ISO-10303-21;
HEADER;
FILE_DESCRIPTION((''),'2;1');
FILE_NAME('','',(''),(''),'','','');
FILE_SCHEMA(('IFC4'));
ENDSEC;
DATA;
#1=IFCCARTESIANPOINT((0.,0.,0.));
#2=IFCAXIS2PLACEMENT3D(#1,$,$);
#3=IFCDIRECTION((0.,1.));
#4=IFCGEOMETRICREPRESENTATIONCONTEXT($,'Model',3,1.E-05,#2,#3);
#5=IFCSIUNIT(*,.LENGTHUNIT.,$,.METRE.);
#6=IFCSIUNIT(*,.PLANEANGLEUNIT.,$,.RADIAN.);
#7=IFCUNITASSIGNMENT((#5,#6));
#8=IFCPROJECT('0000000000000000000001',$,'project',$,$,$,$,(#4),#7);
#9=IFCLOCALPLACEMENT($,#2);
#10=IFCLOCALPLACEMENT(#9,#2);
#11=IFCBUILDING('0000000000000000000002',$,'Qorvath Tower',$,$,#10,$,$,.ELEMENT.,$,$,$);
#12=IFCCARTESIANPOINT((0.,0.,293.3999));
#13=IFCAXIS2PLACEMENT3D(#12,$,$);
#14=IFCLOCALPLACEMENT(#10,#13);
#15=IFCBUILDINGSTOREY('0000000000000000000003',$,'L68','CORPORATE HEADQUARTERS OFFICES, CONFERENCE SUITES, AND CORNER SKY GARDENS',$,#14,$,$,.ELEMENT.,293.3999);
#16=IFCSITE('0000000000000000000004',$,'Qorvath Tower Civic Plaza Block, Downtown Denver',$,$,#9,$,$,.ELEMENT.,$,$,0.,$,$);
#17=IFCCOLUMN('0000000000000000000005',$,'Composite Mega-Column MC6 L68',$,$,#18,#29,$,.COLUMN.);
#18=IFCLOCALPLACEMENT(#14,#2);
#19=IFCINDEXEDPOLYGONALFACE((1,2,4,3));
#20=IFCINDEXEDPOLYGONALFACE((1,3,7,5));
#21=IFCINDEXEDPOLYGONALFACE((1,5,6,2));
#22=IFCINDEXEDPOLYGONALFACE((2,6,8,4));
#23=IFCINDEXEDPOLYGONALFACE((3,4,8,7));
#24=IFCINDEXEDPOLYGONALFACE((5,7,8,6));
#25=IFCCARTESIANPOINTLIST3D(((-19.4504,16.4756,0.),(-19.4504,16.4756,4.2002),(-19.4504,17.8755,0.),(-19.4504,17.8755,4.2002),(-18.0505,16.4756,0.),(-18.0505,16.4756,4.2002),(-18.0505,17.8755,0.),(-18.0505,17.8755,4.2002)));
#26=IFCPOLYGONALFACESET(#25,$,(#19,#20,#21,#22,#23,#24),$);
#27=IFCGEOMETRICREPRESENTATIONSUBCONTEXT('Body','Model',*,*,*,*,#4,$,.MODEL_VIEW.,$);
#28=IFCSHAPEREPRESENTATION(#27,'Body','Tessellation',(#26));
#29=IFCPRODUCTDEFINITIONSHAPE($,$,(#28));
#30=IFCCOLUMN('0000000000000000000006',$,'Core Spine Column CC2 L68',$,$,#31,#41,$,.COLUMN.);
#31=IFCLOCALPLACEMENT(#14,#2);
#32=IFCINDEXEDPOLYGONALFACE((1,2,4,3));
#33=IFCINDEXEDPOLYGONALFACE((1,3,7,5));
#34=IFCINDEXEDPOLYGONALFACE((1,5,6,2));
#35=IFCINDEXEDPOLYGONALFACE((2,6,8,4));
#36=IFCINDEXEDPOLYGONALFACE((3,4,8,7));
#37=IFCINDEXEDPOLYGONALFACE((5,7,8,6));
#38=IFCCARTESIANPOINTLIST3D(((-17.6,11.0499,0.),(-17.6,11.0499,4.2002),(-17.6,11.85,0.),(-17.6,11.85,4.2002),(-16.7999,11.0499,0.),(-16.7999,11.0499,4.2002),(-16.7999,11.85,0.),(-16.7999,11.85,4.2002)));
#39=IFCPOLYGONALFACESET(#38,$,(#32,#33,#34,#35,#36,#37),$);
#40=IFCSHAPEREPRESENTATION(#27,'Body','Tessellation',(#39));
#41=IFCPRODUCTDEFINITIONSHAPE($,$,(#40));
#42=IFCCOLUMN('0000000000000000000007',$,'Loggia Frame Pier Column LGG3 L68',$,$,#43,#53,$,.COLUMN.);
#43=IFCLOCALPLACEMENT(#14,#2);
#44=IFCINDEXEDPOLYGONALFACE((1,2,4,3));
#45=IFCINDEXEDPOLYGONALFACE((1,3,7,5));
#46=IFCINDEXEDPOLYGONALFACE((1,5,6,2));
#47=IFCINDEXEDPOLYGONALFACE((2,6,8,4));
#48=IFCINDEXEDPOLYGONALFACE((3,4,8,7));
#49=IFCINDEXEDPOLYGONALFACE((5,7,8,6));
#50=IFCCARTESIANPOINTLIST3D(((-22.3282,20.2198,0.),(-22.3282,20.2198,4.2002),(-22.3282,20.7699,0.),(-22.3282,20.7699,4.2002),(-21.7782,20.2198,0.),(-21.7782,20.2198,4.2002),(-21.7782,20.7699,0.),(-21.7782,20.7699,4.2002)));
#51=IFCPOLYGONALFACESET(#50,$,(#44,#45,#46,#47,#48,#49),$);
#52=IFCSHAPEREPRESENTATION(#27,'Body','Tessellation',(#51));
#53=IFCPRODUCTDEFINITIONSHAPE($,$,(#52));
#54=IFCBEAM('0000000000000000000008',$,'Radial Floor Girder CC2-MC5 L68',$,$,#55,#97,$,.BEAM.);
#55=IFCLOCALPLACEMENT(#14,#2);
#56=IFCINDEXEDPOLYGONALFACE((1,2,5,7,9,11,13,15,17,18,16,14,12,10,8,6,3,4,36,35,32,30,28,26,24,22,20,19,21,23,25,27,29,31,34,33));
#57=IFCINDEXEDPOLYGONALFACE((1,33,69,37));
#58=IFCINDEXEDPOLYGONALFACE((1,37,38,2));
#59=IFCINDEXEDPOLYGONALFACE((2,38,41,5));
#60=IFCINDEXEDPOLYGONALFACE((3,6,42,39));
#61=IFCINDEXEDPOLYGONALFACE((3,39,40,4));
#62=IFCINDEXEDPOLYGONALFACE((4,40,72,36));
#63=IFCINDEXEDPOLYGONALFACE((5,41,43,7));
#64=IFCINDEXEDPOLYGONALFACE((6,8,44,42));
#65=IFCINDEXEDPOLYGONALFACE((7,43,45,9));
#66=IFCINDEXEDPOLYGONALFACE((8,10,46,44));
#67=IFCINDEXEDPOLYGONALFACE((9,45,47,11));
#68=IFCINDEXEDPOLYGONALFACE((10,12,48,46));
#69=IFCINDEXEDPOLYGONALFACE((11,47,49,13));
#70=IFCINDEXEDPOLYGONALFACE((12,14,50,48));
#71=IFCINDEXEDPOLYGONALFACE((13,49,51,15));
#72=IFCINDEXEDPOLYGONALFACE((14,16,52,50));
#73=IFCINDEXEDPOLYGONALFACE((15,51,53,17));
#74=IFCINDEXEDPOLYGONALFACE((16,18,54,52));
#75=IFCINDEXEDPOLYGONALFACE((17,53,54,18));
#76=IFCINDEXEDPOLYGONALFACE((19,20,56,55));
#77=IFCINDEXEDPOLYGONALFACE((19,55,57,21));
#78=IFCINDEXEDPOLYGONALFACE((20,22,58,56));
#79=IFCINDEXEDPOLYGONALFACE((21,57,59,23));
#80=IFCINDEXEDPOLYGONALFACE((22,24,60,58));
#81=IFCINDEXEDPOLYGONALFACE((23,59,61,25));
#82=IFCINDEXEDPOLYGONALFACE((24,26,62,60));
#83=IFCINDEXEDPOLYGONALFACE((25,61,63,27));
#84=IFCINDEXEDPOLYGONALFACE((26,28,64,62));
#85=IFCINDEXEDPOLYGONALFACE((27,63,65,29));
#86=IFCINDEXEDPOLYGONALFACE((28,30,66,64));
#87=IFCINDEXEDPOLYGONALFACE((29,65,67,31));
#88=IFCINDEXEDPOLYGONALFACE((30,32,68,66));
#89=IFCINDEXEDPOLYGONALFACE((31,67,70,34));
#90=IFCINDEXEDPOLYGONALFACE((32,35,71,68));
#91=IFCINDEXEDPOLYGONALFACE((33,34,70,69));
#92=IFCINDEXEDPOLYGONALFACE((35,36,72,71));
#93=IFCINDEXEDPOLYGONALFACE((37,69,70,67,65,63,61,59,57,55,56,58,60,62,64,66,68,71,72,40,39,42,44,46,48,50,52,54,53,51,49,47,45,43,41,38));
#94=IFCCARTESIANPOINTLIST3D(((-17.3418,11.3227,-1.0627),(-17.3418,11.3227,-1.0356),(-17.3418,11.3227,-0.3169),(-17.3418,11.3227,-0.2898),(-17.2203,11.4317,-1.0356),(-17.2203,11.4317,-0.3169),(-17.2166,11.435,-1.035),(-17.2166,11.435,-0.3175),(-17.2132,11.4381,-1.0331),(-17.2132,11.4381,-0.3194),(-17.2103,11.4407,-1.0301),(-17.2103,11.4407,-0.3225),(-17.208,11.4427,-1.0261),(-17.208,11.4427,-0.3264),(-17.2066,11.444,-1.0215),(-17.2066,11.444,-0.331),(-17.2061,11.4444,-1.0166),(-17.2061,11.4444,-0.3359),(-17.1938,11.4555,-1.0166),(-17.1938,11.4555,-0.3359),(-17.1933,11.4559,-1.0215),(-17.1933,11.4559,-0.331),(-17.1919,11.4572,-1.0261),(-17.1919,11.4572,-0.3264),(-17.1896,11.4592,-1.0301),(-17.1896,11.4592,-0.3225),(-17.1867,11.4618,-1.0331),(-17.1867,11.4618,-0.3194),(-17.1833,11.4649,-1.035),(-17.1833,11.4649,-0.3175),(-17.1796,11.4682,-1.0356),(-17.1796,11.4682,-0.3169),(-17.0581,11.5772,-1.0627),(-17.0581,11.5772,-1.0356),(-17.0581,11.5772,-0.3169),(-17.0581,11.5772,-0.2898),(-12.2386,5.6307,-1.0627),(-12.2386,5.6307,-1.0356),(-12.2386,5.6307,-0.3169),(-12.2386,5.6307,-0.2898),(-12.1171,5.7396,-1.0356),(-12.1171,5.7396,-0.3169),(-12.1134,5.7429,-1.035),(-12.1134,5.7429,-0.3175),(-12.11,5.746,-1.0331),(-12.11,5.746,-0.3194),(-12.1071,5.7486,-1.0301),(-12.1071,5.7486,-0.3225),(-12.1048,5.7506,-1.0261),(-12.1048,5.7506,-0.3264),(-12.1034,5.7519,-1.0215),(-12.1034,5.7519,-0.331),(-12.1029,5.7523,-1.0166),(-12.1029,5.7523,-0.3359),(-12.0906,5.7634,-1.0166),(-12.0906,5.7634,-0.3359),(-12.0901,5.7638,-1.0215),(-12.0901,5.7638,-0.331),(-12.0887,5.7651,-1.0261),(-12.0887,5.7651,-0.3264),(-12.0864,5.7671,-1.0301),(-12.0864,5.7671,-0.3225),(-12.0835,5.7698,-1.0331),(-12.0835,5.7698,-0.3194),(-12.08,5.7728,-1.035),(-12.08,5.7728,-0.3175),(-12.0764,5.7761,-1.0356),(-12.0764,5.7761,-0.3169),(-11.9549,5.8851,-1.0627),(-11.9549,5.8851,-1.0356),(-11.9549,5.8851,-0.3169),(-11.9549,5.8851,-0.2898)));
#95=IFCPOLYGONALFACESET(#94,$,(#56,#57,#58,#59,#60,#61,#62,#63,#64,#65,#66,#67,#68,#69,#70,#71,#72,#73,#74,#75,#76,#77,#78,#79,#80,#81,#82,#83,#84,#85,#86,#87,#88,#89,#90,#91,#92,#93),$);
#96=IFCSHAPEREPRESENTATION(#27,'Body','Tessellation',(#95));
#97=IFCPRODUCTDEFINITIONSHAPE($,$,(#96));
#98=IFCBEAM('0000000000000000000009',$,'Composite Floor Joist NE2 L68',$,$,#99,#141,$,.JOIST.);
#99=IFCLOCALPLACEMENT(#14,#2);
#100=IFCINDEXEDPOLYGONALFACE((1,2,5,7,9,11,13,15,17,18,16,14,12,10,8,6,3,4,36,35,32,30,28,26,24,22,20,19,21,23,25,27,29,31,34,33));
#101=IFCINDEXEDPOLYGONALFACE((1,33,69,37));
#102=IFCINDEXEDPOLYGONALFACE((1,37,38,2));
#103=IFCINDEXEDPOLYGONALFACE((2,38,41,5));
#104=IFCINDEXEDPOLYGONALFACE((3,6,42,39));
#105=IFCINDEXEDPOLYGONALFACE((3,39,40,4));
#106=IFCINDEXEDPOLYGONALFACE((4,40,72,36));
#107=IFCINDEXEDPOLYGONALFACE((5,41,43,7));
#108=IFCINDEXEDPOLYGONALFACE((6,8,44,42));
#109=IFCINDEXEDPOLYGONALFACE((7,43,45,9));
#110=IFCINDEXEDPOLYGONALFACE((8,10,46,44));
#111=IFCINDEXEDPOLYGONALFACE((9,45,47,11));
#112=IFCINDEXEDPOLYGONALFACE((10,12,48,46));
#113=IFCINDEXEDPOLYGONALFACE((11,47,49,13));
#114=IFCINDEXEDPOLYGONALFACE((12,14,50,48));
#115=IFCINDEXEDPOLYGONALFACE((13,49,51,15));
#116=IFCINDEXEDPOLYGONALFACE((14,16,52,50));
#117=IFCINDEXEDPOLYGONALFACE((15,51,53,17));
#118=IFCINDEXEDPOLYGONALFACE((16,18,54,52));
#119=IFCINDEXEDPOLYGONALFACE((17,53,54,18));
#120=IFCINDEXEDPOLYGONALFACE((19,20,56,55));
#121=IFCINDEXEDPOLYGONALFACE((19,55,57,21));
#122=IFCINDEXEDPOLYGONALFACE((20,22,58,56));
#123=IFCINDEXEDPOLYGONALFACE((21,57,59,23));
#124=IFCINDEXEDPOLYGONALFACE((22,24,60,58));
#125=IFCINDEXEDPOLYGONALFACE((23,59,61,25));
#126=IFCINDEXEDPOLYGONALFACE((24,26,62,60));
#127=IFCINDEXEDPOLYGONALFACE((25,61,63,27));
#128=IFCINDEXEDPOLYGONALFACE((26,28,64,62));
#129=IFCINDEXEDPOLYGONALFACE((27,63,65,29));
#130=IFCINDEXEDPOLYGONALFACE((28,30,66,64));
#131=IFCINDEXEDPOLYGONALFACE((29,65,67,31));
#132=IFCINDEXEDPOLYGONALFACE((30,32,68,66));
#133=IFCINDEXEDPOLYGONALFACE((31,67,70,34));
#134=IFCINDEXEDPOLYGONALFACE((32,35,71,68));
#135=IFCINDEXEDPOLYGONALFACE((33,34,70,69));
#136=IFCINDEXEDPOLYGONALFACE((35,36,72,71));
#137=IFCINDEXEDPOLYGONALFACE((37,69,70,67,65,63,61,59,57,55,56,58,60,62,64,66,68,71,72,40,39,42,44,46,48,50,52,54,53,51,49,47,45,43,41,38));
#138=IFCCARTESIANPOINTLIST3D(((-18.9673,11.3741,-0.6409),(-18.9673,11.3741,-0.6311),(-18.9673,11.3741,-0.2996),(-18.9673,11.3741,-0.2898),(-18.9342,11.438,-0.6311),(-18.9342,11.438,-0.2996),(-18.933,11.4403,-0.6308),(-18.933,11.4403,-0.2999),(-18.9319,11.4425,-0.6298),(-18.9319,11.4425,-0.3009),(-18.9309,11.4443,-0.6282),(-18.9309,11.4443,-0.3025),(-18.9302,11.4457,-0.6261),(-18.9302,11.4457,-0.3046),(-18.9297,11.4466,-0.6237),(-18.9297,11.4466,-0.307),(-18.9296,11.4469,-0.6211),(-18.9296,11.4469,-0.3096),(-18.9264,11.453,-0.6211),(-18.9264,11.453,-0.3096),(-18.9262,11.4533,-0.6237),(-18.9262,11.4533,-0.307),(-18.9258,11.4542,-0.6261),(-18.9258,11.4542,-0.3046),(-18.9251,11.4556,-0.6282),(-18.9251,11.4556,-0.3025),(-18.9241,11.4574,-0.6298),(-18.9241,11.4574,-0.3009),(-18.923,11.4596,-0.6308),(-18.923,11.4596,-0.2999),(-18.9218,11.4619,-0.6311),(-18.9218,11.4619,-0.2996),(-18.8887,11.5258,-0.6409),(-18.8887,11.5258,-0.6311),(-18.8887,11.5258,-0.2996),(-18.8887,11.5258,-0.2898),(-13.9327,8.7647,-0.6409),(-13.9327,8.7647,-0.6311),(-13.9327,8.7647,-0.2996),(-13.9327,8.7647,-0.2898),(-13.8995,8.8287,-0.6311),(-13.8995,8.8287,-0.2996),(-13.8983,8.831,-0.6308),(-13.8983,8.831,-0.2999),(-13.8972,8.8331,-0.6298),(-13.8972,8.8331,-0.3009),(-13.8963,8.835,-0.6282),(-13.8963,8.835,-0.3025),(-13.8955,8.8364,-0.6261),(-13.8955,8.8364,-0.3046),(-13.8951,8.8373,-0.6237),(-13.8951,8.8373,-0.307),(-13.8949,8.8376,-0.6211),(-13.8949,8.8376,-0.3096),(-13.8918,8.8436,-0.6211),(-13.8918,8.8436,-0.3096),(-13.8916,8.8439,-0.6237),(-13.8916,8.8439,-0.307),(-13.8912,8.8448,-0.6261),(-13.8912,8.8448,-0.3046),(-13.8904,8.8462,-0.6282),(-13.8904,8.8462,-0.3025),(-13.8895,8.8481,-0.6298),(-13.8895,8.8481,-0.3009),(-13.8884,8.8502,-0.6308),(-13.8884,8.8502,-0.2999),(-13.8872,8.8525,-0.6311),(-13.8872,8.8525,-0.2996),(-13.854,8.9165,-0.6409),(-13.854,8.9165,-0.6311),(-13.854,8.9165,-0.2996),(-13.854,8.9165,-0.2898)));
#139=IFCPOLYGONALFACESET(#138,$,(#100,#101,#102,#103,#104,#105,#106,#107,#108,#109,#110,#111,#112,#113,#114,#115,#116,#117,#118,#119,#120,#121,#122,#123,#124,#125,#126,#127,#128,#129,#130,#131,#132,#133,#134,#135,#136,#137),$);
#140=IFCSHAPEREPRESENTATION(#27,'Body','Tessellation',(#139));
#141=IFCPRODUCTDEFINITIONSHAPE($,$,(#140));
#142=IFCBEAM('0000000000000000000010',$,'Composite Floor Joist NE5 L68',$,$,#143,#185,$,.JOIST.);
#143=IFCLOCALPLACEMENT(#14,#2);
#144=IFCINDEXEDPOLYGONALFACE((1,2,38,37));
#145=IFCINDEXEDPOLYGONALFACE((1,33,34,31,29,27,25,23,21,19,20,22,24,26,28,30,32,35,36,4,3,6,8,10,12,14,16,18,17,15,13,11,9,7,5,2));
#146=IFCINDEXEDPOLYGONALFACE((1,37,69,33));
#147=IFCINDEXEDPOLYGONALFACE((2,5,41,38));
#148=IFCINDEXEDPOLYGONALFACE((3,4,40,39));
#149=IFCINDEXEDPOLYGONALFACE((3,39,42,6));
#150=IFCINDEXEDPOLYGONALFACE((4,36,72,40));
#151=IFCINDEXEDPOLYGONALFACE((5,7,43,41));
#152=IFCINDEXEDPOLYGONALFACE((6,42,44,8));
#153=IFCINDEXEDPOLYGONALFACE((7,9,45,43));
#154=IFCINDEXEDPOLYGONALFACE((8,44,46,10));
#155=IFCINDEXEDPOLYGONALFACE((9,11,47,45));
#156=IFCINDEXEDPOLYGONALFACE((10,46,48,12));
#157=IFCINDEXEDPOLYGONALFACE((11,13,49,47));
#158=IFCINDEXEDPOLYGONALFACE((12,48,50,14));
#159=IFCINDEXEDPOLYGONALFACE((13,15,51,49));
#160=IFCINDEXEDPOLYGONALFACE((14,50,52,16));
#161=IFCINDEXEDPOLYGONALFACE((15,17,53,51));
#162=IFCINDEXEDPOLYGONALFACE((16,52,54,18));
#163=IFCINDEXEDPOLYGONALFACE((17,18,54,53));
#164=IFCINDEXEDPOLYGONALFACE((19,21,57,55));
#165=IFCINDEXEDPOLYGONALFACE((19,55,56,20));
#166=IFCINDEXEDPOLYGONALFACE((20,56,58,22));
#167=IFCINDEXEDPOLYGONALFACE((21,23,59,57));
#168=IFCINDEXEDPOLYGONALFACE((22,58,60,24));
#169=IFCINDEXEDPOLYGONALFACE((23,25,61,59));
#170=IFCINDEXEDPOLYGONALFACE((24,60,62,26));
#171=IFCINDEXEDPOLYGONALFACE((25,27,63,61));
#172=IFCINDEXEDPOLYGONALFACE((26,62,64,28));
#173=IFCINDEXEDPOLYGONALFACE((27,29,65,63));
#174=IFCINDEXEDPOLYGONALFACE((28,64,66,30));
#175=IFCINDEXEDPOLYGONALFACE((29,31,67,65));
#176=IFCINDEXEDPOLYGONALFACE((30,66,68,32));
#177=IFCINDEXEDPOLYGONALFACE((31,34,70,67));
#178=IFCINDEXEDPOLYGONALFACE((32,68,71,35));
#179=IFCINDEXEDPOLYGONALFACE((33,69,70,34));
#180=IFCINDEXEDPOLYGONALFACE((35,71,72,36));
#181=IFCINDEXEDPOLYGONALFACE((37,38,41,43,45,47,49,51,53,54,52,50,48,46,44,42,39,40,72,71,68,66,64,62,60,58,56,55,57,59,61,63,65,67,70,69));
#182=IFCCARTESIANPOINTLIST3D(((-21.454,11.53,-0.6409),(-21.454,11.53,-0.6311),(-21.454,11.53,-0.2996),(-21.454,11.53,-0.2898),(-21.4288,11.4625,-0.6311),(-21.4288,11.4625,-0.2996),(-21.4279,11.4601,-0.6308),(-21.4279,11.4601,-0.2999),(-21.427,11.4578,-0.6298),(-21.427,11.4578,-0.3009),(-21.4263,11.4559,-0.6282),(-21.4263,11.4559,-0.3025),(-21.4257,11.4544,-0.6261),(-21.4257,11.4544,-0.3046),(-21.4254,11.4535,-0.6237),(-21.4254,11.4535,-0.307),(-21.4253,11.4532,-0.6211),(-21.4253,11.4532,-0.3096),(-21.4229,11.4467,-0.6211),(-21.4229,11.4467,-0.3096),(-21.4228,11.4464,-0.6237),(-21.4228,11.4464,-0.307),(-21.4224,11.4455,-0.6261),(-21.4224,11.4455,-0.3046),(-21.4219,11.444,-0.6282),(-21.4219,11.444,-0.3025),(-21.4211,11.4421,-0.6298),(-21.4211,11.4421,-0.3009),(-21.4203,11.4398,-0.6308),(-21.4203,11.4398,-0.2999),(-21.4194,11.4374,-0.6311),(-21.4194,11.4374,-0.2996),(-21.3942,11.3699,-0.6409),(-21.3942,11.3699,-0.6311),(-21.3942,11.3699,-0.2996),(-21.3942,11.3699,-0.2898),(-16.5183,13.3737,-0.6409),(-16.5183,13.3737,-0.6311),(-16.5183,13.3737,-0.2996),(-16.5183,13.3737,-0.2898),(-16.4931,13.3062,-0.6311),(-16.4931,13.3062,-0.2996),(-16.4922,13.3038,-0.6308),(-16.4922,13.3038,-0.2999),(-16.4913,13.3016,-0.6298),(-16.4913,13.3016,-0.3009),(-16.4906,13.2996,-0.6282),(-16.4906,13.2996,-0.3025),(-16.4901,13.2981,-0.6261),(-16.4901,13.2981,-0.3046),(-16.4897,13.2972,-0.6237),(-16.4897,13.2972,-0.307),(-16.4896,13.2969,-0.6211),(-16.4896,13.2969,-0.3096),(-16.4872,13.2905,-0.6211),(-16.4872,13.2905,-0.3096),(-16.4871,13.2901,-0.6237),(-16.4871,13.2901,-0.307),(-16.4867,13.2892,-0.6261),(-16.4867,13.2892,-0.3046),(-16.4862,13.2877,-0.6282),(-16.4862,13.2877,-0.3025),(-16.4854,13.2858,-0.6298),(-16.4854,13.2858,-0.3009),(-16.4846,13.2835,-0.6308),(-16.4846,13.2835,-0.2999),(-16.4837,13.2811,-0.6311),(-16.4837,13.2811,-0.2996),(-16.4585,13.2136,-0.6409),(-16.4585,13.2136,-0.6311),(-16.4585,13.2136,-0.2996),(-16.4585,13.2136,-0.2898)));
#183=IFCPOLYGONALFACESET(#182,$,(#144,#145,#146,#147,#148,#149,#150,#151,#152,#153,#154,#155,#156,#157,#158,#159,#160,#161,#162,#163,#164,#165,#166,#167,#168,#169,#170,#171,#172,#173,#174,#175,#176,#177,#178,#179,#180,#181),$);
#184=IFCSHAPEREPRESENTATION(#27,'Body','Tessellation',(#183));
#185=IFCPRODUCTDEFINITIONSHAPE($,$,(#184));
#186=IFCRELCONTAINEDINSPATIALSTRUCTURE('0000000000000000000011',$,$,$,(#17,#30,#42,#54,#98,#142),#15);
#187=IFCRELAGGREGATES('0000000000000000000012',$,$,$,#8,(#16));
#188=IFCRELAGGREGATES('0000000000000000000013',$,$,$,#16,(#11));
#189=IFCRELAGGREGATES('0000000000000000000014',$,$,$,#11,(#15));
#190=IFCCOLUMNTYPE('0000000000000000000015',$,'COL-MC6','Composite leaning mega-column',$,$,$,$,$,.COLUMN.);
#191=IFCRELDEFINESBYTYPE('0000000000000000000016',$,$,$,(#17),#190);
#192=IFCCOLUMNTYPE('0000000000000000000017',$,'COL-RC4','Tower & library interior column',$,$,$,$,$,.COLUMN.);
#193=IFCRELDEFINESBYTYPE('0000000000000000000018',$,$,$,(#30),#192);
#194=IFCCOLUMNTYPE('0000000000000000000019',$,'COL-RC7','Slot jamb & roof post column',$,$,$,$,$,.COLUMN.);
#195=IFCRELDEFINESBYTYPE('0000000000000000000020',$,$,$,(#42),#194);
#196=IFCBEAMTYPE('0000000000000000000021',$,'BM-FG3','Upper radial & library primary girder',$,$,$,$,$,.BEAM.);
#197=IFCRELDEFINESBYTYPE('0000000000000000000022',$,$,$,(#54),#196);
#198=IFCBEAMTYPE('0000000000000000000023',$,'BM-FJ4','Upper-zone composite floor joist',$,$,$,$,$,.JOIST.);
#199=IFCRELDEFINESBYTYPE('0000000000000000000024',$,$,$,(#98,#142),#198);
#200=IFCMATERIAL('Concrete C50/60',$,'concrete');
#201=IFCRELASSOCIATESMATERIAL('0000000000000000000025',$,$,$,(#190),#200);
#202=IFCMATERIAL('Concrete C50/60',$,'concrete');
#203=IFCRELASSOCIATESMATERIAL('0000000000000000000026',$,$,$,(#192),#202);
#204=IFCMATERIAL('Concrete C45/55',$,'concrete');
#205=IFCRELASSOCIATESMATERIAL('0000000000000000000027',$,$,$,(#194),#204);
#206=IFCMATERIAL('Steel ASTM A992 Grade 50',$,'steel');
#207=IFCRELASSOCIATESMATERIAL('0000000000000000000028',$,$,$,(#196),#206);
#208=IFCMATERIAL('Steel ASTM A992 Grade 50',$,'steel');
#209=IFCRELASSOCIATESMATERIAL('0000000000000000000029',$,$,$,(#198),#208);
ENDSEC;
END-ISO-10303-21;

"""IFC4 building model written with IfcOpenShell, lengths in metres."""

from ifc_helpers import new_model, si_unit, direction, frame, origin, origin_2d, place, context, subcontext, project, spatial, rectangle, i_section, extrude, material, material_profile, profile_set, type_object, element, save


model = new_model("IFC4")

# Units and contexts
model_context = context("Model", 3, precision=1e-05, world=origin(), true_north=direction((0.0, 1.0)))
body_context = subcontext(model_context, "Body", "Model", "MODEL_VIEW")
ifc_project = project(units=[si_unit("LENGTHUNIT", "METRE"), si_unit("PLANEANGLEUNIT", "RADIAN")], contexts=[model_context])

# Site, building, storey
site_placement = place(None, origin())
site = spatial("IfcSite", under=ifc_project, at=site_placement, Name="Qorvath Tower Civic Plaza Block, Downtown Denver", CompositionType="ELEMENT", RefElevation=0.0)
building_placement = place(site_placement, origin())
building = spatial("IfcBuilding", under=site, at=building_placement, Name="Qorvath Tower", CompositionType="ELEMENT")
storey_placement = place(building_placement, frame((0.0, 0.0, 293.3999)))
storey = spatial("IfcBuildingStorey", under=building, at=storey_placement, Name="L68", Description="CORPORATE HEADQUARTERS OFFICES, CONFERENCE SUITES, AND CORNER SKY GARDENS", CompositionType="ELEMENT", Elevation=293.3999)

# Columns
ifc_material_1 = material(Name="Concrete C50/60", Category="concrete")
ifc_material_profile_1 = material_profile(ifc_material_1, rectangle(XDim=1.3999, YDim=1.3999, at=origin_2d()), Name="MC 1400x1400")
ifc_profile_set_1 = profile_set([ifc_material_profile_1], Name="Concrete C50/60")
column_type_1 = type_object("IfcColumnType", Name="COL-MC6", Description="Composite leaning mega-column", PredefinedType="COLUMN", material=ifc_profile_set_1)
column_1_placement = place(storey_placement, frame((-18.7505, 17.1755, 0.0), z_axis=(0.0, 0.0, 1.0), x_axis=(1.0, 0.0, 0.0)))
element("IfcColumn", 1, at=column_1_placement, inside=storey, type_object=column_type_1, Name="Composite Mega-Column MC6 L68", PredefinedType="COLUMN", context=body_context, shape_type="SweptSolid", body=[
    extrude(rectangle(XDim=1.3999, YDim=1.3999, at=origin_2d()), origin(), (0.0, 0.0, 1.0), 4.2002),
])
ifc_material_2 = material(Name="Concrete C50/60", Category="concrete")
ifc_material_profile_2 = material_profile(ifc_material_2, rectangle(XDim=0.8, YDim=0.8, at=origin_2d()), Name="RC 800x800")
ifc_profile_set_2 = profile_set([ifc_material_profile_2], Name="Concrete C50/60")
column_type_2 = type_object("IfcColumnType", Name="COL-RC4", Description="Tower & library interior column", PredefinedType="COLUMN", material=ifc_profile_set_2)
column_2_placement = place(storey_placement, frame((-17.2, 11.45, 0.0), z_axis=(0.0, 0.0, 1.0), x_axis=(1.0, 0.0, 0.0)))
element("IfcColumn", 2, at=column_2_placement, inside=storey, type_object=column_type_2, Name="Core Spine Column CC2 L68", PredefinedType="COLUMN", context=body_context, shape_type="SweptSolid", body=[
    extrude(rectangle(XDim=0.8, YDim=0.8, at=origin_2d()), origin(), (0.0, 0.0, 1.0), 4.2002),
])
ifc_material_3 = material(Name="Concrete C45/55", Category="concrete")
ifc_material_profile_3 = material_profile(ifc_material_3, rectangle(XDim=0.55, YDim=0.55, at=origin_2d()), Name="RC 550x550")
ifc_profile_set_3 = profile_set([ifc_material_profile_3], Name="Concrete C45/55")
column_type_3 = type_object("IfcColumnType", Name="COL-RC7", Description="Slot jamb & roof post column", PredefinedType="COLUMN", material=ifc_profile_set_3)
column_3_placement = place(storey_placement, frame((-22.0532, 20.4949, 0.0), z_axis=(0.0, 0.0, 1.0), x_axis=(1.0, 0.0, 0.0)))
element("IfcColumn", 3, at=column_3_placement, inside=storey, type_object=column_type_3, Name="Loggia Frame Pier Column LGG3 L68", PredefinedType="COLUMN", context=body_context, shape_type="SweptSolid", body=[
    extrude(rectangle(XDim=0.55, YDim=0.55, at=origin_2d()), origin(), (0.0, 0.0, 1.0), 4.2002),
])

# Beams
ifc_material_4 = material(Name="Steel ASTM A992 Grade 50", Category="steel")
ifc_material_profile_4 = material_profile(ifc_material_4, i_section(OverallWidth=0.3811, OverallDepth=0.7729, WebThickness=0.0166, FlangeThickness=0.0271, FilletRadius=0.019, at=origin_2d()), Name="W30x173")
ifc_profile_set_4 = profile_set([ifc_material_profile_4], Name="Steel ASTM A992 Grade 50")
beam_type_1 = type_object("IfcBeamType", Name="BM-FG3", Description="Upper radial & library primary girder", PredefinedType="BEAM", material=ifc_profile_set_4)
beam_1_placement = place(storey_placement, frame((-17.2, 11.45, -0.6763), z_axis=(0.667543, -0.744571, 0.0), x_axis=(0.744571, 0.667543, 0.0)))
element("IfcBeam", 4, at=beam_1_placement, inside=storey, type_object=beam_type_1, Name="Radial Floor Girder CC2-MC5 L68", PredefinedType="BEAM", context=body_context, shape_type="SweptSolid", body=[
    extrude(i_section(OverallWidth=0.3811, OverallDepth=0.7729, WebThickness=0.0166, FlangeThickness=0.0271, FilletRadius=0.019, at=origin_2d()), origin(), (0.0, 0.0, 1.0), 7.6448),
])
ifc_material_5 = material(Name="Steel ASTM A992 Grade 50", Category="steel")
ifc_material_profile_5 = material_profile(ifc_material_5, i_section(OverallWidth=0.1709, OverallDepth=0.3511, WebThickness=0.0068, FlangeThickness=0.0098, FilletRadius=0.01, at=origin_2d()), Name="W14x30")
ifc_profile_set_5 = profile_set([ifc_material_profile_5], Name="Steel ASTM A992 Grade 50")
beam_type_2 = type_object("IfcBeamType", Name="BM-FJ4", Description="Upper-zone composite floor joist", PredefinedType="JOIST", material=ifc_profile_set_5)
beam_2_placement = place(storey_placement, frame((-18.928, 11.45, -0.4653), z_axis=(0.887841, -0.460151, 0.0), x_axis=(0.460151, 0.887841, 0.0)))
element("IfcBeam", 5, at=beam_2_placement, inside=storey, type_object=beam_type_2, Name="Composite Floor Joist NE2 L68", PredefinedType="JOIST", context=body_context, shape_type="SweptSolid", body=[
    extrude(i_section(OverallWidth=0.1709, OverallDepth=0.3511, WebThickness=0.0068, FlangeThickness=0.0098, FilletRadius=0.01, at=origin_2d()), origin(), (0.0, 0.0, 1.0), 5.6707),
])
beam_3_placement = place(storey_placement, frame((-21.4241, 11.45, -0.4653), z_axis=(0.936776, 0.34993, 0.0), x_axis=(-0.34993, 0.936776, 0.0)))
element("IfcBeam", 6, at=beam_3_placement, inside=storey, type_object=beam_type_2, Name="Composite Floor Joist NE5 L68", PredefinedType="JOIST", context=body_context, shape_type="SweptSolid", body=[
    extrude(i_section(OverallWidth=0.1709, OverallDepth=0.3511, WebThickness=0.0068, FlangeThickness=0.0098, FilletRadius=0.01, at=origin_2d()), origin(), (0.0, 0.0, 1.0), 5.2688),
])

save(model, "model.ifc")
